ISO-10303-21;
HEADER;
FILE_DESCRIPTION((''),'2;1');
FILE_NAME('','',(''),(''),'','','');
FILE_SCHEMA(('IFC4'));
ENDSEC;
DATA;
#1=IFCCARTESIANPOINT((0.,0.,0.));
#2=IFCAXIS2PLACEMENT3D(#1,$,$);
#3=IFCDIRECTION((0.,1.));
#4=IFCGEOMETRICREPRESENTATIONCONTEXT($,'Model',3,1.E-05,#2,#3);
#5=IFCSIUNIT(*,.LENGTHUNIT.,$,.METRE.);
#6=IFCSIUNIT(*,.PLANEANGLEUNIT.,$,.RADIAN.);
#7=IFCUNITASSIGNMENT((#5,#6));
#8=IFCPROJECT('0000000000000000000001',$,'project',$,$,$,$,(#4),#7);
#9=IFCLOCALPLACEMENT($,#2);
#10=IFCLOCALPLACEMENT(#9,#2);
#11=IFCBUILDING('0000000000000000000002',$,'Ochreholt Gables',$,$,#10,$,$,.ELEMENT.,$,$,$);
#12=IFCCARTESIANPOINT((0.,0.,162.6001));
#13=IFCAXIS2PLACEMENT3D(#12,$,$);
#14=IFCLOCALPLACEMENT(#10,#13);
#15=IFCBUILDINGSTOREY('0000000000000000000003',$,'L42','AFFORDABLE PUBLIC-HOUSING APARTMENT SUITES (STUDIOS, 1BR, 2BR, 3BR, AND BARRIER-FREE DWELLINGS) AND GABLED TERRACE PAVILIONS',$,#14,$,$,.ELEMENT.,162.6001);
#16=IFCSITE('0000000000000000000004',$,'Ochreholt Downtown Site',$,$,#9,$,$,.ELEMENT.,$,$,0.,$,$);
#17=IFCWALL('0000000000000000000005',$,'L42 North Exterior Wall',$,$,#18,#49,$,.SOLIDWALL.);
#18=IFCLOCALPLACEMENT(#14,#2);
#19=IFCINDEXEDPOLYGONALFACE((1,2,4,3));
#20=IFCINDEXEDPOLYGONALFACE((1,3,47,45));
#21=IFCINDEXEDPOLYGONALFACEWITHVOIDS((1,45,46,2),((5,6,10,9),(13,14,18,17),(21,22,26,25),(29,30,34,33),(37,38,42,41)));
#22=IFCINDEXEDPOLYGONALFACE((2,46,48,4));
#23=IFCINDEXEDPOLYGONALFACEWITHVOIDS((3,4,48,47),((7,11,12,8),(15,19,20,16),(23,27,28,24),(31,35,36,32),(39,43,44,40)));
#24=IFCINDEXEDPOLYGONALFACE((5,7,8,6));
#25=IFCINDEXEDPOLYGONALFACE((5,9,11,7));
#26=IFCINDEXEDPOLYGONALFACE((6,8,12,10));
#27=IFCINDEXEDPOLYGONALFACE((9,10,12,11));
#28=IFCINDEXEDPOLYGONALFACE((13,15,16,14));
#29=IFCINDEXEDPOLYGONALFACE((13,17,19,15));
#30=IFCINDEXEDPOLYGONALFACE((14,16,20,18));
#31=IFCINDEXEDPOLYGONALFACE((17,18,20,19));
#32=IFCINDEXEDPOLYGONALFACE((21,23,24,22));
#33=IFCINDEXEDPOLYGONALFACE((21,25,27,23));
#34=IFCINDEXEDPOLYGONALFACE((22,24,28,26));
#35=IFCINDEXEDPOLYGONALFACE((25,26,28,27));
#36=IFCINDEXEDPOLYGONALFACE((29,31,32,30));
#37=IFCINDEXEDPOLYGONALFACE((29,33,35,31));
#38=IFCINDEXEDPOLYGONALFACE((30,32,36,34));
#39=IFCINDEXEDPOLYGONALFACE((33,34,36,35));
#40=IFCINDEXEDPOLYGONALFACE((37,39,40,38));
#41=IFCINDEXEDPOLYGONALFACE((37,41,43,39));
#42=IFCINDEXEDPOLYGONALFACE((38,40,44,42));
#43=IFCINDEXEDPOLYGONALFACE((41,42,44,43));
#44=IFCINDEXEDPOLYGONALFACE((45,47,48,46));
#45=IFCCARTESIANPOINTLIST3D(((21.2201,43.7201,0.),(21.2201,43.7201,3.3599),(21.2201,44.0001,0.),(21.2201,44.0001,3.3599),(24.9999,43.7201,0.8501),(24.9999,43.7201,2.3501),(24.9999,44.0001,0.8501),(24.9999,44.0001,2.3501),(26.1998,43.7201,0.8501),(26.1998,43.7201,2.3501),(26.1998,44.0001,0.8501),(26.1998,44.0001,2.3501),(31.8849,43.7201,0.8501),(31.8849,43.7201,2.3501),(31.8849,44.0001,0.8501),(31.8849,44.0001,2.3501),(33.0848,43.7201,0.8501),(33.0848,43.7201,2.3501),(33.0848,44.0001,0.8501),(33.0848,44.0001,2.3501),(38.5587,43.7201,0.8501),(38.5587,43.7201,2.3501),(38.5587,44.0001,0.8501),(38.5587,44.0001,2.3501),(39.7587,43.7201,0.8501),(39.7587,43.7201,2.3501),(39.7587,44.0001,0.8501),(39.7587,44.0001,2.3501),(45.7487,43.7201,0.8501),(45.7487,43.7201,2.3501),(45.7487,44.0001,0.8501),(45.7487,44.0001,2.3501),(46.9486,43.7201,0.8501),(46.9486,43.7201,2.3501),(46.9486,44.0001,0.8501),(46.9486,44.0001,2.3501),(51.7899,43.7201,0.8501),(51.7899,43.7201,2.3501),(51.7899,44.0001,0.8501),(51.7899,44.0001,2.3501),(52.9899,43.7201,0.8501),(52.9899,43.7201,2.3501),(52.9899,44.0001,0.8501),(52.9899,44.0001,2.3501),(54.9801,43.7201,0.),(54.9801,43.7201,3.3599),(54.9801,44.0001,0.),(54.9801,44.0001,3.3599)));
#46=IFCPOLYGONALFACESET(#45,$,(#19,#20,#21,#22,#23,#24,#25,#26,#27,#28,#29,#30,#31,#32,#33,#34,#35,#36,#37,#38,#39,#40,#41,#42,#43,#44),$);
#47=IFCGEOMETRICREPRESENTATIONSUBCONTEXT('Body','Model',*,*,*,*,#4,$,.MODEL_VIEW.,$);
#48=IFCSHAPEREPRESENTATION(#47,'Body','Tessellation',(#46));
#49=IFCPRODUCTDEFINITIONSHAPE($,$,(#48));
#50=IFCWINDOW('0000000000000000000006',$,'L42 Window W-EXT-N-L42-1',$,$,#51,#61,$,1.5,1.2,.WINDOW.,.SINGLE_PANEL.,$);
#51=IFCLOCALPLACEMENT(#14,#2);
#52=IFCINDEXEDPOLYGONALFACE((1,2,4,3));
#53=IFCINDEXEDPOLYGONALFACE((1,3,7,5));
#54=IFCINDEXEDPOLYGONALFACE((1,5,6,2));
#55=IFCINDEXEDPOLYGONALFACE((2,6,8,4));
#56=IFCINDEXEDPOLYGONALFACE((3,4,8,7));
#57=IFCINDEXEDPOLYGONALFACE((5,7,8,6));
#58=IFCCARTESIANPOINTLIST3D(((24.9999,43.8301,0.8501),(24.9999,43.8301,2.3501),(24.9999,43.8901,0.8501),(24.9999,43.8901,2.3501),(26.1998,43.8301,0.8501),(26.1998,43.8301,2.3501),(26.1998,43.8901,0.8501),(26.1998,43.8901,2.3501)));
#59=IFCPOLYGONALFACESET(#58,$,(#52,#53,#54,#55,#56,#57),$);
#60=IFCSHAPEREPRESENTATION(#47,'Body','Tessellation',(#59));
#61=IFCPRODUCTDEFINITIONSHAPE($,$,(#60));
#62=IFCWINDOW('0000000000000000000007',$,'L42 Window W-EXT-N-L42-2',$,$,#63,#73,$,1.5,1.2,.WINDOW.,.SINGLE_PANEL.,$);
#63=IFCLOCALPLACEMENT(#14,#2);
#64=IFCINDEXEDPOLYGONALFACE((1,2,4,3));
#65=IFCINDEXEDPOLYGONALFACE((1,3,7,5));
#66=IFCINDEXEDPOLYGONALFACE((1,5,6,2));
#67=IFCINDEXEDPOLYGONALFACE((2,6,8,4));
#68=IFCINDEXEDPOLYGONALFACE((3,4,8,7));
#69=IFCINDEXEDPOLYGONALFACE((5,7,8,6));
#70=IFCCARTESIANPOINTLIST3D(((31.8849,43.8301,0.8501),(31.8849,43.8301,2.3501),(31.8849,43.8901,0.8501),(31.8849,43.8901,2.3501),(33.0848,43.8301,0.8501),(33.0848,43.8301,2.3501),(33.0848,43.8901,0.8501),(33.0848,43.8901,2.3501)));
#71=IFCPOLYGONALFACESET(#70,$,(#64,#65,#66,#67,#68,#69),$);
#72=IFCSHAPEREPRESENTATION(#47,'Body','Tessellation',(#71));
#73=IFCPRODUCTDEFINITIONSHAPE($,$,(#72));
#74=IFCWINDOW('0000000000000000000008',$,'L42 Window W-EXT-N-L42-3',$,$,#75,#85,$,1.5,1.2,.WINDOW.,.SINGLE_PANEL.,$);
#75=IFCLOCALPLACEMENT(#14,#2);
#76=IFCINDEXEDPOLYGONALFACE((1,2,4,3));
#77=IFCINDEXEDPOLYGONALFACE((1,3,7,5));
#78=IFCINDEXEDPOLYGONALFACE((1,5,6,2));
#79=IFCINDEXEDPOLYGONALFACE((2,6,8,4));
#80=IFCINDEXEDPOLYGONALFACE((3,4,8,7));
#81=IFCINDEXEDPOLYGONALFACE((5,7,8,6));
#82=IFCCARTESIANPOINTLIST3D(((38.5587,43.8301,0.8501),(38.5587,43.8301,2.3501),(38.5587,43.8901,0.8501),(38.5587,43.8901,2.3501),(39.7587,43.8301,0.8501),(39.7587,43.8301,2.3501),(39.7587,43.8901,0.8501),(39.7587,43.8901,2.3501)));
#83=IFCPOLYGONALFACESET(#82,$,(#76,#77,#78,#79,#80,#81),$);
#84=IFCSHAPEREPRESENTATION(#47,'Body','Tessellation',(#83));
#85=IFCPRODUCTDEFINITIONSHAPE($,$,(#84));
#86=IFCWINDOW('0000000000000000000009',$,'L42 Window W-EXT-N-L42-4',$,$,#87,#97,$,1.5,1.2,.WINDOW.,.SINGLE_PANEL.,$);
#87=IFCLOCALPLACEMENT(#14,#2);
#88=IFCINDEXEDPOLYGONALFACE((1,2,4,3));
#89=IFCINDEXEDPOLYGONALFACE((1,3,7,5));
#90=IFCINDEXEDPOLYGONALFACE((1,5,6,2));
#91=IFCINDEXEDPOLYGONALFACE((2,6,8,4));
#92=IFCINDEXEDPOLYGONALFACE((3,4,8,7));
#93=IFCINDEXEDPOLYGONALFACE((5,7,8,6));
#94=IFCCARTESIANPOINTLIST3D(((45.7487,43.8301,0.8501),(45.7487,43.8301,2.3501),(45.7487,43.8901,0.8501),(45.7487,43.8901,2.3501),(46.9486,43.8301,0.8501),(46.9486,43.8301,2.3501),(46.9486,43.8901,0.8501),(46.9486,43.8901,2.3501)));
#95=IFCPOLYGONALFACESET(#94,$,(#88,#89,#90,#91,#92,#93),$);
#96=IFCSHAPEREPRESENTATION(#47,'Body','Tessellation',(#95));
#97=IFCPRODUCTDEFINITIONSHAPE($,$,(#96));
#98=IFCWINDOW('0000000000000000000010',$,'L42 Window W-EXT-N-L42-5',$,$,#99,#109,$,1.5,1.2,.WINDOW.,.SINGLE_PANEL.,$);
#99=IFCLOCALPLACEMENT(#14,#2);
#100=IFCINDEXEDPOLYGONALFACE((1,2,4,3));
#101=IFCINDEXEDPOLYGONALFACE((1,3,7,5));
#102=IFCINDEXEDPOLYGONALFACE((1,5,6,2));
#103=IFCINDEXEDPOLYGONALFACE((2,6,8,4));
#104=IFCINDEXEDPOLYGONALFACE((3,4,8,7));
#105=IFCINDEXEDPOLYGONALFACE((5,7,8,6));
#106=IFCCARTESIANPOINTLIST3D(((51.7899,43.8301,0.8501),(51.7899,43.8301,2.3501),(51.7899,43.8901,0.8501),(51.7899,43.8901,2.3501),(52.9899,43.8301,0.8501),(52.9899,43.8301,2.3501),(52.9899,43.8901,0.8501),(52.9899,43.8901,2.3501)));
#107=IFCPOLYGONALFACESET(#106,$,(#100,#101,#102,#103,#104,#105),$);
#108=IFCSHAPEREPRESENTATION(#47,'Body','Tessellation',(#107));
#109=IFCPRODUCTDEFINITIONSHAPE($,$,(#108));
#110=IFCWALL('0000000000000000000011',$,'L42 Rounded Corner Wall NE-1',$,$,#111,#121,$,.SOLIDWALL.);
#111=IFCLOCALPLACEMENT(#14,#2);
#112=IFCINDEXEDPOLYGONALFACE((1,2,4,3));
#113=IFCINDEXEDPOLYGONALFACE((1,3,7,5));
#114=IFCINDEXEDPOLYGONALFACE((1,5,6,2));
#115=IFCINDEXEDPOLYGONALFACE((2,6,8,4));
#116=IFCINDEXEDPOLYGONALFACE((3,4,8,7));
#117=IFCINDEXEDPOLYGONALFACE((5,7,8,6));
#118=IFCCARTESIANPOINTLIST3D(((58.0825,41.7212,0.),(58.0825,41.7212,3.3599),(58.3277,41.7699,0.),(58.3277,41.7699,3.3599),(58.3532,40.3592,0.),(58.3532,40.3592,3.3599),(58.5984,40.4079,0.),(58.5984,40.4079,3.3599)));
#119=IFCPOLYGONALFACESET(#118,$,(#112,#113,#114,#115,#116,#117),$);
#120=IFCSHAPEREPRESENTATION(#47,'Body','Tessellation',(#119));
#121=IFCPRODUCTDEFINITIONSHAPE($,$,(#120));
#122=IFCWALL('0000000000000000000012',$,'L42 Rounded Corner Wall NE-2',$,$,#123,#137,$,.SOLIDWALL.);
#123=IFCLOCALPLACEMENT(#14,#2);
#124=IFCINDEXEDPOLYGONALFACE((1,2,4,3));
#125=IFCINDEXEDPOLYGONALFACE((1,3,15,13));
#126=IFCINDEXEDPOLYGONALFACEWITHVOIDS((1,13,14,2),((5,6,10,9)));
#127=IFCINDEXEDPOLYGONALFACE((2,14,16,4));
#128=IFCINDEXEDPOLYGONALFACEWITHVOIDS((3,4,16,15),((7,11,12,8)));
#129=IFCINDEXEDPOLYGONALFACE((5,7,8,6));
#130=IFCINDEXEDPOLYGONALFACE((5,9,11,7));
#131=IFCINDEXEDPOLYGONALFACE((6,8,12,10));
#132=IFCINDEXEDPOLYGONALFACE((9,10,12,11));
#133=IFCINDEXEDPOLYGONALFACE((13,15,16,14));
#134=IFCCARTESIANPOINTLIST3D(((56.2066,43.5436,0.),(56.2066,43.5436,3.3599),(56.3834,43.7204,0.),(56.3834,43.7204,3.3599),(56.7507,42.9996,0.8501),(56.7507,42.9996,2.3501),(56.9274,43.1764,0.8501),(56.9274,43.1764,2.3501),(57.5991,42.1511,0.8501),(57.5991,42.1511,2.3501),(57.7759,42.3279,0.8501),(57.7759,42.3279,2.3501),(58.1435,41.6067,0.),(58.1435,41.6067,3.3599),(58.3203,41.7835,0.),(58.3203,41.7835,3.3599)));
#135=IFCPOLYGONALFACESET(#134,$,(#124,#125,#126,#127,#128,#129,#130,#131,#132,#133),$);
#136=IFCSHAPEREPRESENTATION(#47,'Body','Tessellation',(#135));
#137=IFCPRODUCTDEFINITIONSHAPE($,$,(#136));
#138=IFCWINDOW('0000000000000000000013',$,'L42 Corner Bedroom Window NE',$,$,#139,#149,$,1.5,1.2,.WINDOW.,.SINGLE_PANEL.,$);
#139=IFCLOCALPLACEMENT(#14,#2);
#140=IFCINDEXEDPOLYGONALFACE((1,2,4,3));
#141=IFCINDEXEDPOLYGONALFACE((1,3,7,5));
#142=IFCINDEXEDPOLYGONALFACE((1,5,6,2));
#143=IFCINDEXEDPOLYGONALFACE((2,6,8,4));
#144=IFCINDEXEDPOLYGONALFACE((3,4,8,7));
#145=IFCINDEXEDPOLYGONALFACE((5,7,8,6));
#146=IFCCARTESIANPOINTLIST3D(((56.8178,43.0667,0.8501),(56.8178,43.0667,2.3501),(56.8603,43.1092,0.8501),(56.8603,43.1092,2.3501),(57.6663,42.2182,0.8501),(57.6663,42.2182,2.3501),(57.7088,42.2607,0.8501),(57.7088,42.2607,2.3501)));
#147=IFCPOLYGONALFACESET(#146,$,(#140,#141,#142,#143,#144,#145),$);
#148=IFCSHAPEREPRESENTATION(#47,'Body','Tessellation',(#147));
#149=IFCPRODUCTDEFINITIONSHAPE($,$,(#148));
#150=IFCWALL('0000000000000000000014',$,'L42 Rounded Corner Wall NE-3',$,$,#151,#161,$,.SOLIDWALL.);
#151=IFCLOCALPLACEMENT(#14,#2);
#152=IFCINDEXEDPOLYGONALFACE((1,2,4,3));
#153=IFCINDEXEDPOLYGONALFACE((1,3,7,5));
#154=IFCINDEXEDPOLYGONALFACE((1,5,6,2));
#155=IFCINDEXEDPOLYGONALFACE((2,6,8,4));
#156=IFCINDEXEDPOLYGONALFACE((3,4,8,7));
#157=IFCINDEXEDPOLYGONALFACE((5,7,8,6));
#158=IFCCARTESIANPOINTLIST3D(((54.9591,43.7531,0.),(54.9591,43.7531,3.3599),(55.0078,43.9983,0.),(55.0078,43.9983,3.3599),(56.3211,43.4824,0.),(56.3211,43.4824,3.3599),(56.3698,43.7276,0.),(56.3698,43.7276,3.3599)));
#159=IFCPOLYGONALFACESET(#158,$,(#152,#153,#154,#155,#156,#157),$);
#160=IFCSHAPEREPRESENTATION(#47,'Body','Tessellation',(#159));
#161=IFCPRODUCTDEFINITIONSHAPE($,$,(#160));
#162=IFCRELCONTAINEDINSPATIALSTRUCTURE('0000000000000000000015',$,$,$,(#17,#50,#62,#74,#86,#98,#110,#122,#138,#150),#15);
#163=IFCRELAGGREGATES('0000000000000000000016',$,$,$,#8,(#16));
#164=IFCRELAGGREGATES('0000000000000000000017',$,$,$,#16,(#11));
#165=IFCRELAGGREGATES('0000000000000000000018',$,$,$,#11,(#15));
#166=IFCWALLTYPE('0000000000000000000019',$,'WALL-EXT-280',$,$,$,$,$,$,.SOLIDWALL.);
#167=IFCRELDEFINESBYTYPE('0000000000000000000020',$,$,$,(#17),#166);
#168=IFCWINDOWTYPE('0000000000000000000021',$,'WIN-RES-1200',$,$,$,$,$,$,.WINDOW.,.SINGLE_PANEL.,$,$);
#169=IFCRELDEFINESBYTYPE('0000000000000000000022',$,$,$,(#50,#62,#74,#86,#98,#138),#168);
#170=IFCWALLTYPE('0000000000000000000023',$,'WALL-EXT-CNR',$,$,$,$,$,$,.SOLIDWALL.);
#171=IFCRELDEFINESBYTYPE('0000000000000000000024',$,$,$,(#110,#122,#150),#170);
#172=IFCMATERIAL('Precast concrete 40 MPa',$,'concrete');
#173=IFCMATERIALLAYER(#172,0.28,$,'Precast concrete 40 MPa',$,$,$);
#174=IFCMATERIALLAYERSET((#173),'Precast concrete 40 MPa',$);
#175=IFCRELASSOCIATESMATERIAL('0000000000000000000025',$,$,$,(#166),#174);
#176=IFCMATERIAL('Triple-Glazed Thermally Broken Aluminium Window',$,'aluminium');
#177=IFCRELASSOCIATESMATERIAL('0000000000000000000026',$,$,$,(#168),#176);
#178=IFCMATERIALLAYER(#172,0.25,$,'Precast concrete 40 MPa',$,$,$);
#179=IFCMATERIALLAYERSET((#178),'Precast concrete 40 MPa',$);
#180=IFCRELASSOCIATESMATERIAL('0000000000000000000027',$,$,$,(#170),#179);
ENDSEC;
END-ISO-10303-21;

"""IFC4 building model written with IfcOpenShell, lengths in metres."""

from ifc_helpers import new_model, si_unit, direction, frame, frame_2d, origin, place, context, subcontext, project, spatial, rectangle, extrude, material, layer, layer_set, type_object, element, fill, save


model = new_model("IFC4")

# Units and contexts
model_context = context("Model", 3, precision=1e-05, world=origin(), true_north=direction((0.0, 1.0)))
body_context = subcontext(model_context, "Body", "Model", "MODEL_VIEW")
ifc_project = project(units=[si_unit("LENGTHUNIT", "METRE"), si_unit("PLANEANGLEUNIT", "RADIAN")], contexts=[model_context])

# Site, building, storey
site_placement = place(None, origin())
site = spatial("IfcSite", under=ifc_project, at=site_placement, Name="Ochreholt Downtown Site", CompositionType="ELEMENT", RefElevation=0.0)
building_placement = place(site_placement, origin())
building = spatial("IfcBuilding", under=site, at=building_placement, Name="Ochreholt Gables", CompositionType="ELEMENT")
storey_placement = place(building_placement, frame((0.0, 0.0, 162.6001)))
storey = spatial("IfcBuildingStorey", under=building, at=storey_placement, Name="L42", Description="AFFORDABLE PUBLIC-HOUSING APARTMENT SUITES (STUDIOS, 1BR, 2BR, 3BR, AND BARRIER-FREE DWELLINGS) AND GABLED TERRACE PAVILIONS", CompositionType="ELEMENT", Elevation=162.6001)

# Wall, openings, windows
ifc_material_1 = material(Name="Precast concrete 40 MPa", Category="concrete")
ifc_layer_1 = layer(ifc_material_1, 0.28, Name="Precast concrete 40 MPa")
ifc_layer_set_1 = layer_set([ifc_layer_1], Name="Precast concrete 40 MPa")
wall_type_1 = type_object("IfcWallType", Name="WALL-EXT-280", PredefinedType="SOLIDWALL", material=ifc_layer_set_1)
wall_1_placement = place(storey_placement, frame((54.98, 43.8601, 0.0), z_axis=(0.0, 0.0, 1.0), x_axis=(-1.0, 0.0, 0.0)))
wall_1 = element("IfcWall", 1, at=wall_1_placement, inside=storey, type_object=wall_type_1, Name="L42 North Exterior Wall", PredefinedType="SOLIDWALL", context=body_context, shape_type="SweptSolid", body=[
    extrude(rectangle(XDim=33.76, YDim=0.28, at=frame_2d((16.8799, 0.0))), origin(), (0.0, 0.0, 1.0), 3.3599),
])
opening_1_placement = place(wall_1_placement, frame((28.78, 0.0, 0.8501)))
opening_1 = element("IfcOpeningElement", 2, at=opening_1_placement, cuts=wall_1, PredefinedType="OPENING", context=body_context, shape_type="SweptSolid", body=[
    extrude(rectangle(XDim=1.2, YDim=1.5, at=frame_2d((0.6001, 0.75))), frame((0.0, 0.1499, 0.0), z_axis=(0.0, -1.0, 0.0), x_axis=(1.0, 0.0, 0.0)), (0.0, 0.0, 1.0), 0.3),
])
opening_2_placement = place(wall_1_placement, frame((21.895, 0.0, 0.8501)))
opening_2 = element("IfcOpeningElement", 3, at=opening_2_placement, cuts=wall_1, PredefinedType="OPENING", context=body_context, shape_type="SweptSolid", body=[
    extrude(rectangle(XDim=1.2, YDim=1.5, at=frame_2d((0.6001, 0.75))), frame((0.0, 0.1499, 0.0), z_axis=(0.0, -1.0, 0.0), x_axis=(1.0, 0.0, 0.0)), (0.0, 0.0, 1.0), 0.3),
])
opening_3_placement = place(wall_1_placement, frame((15.2212, 0.0, 0.8501)))
opening_3 = element("IfcOpeningElement", 4, at=opening_3_placement, cuts=wall_1, PredefinedType="OPENING", context=body_context, shape_type="SweptSolid", body=[
    extrude(rectangle(XDim=1.2, YDim=1.5, at=frame_2d((0.6001, 0.75))), frame((0.0, 0.1499, 0.0), z_axis=(0.0, -1.0, 0.0), x_axis=(1.0, 0.0, 0.0)), (0.0, 0.0, 1.0), 0.3),
])
opening_4_placement = place(wall_1_placement, frame((8.0312, 0.0, 0.8501)))
opening_4 = element("IfcOpeningElement", 5, at=opening_4_placement, cuts=wall_1, PredefinedType="OPENING", context=body_context, shape_type="SweptSolid", body=[
    extrude(rectangle(XDim=1.2, YDim=1.5, at=frame_2d((0.6001, 0.75))), frame((0.0, 0.1499, 0.0), z_axis=(0.0, -1.0, 0.0), x_axis=(1.0, 0.0, 0.0)), (0.0, 0.0, 1.0), 0.3),
])
opening_5_placement = place(wall_1_placement, frame((1.99, 0.0, 0.8501)))
opening_5 = element("IfcOpeningElement", 6, at=opening_5_placement, cuts=wall_1, PredefinedType="OPENING", context=body_context, shape_type="SweptSolid", body=[
    extrude(rectangle(XDim=1.2, YDim=1.5, at=frame_2d((0.6001, 0.75))), frame((0.0, 0.1499, 0.0), z_axis=(0.0, -1.0, 0.0), x_axis=(1.0, 0.0, 0.0)), (0.0, 0.0, 1.0), 0.3),
])
ifc_material_2 = material(Name="Triple-Glazed Thermally Broken Aluminium Window", Category="aluminium")
window_type = type_object("IfcWindowType", Name="WIN-RES-1200", PartitioningType="SINGLE_PANEL", PredefinedType="WINDOW", material=ifc_material_2)
window_1_placement = place(opening_1_placement, origin())
window_1 = element("IfcWindow", 7, at=window_1_placement, inside=storey, type_object=window_type, Name="L42 Window W-EXT-N-L42-1", OverallHeight=1.5, OverallWidth=1.2, PartitioningType="SINGLE_PANEL", PredefinedType="WINDOW", context=body_context, shape_type="SweptSolid", body=[
    extrude(rectangle(XDim=1.2, YDim=1.5, at=frame_2d((0.6001, 0.75))), frame((0.0, 0.03, 0.0), z_axis=(0.0, -1.0, 0.0), x_axis=(1.0, 0.0, 0.0)), (0.0, 0.0, 1.0), 0.0601),
])
fill(opening_1, window_1)
window_2_placement = place(opening_2_placement, origin())
window_2 = element("IfcWindow", 8, at=window_2_placement, inside=storey, type_object=window_type, Name="L42 Window W-EXT-N-L42-2", OverallHeight=1.5, OverallWidth=1.2, PartitioningType="SINGLE_PANEL", PredefinedType="WINDOW", context=body_context, shape_type="SweptSolid", body=[
    extrude(rectangle(XDim=1.2, YDim=1.5, at=frame_2d((0.6001, 0.75))), frame((0.0, 0.03, 0.0), z_axis=(0.0, -1.0, 0.0), x_axis=(1.0, 0.0, 0.0)), (0.0, 0.0, 1.0), 0.0601),
])
fill(opening_2, window_2)
window_3_placement = place(opening_3_placement, origin())
window_3 = element("IfcWindow", 9, at=window_3_placement, inside=storey, type_object=window_type, Name="L42 Window W-EXT-N-L42-3", OverallHeight=1.5, OverallWidth=1.2, PartitioningType="SINGLE_PANEL", PredefinedType="WINDOW", context=body_context, shape_type="SweptSolid", body=[
    extrude(rectangle(XDim=1.2, YDim=1.5, at=frame_2d((0.6001, 0.75))), frame((0.0, 0.03, 0.0), z_axis=(0.0, -1.0, 0.0), x_axis=(1.0, 0.0, 0.0)), (0.0, 0.0, 1.0), 0.0601),
])
fill(opening_3, window_3)
window_4_placement = place(opening_4_placement, origin())
window_4 = element("IfcWindow", 10, at=window_4_placement, inside=storey, type_object=window_type, Name="L42 Window W-EXT-N-L42-4", OverallHeight=1.5, OverallWidth=1.2, PartitioningType="SINGLE_PANEL", PredefinedType="WINDOW", context=body_context, shape_type="SweptSolid", body=[
    extrude(rectangle(XDim=1.2, YDim=1.5, at=frame_2d((0.6001, 0.75))), frame((0.0, 0.03, 0.0), z_axis=(0.0, -1.0, 0.0), x_axis=(1.0, 0.0, 0.0)), (0.0, 0.0, 1.0), 0.0601),
])
fill(opening_4, window_4)
window_5_placement = place(opening_5_placement, origin())
window_5 = element("IfcWindow", 11, at=window_5_placement, inside=storey, type_object=window_type, Name="L42 Window W-EXT-N-L42-5", OverallHeight=1.5, OverallWidth=1.2, PartitioningType="SINGLE_PANEL", PredefinedType="WINDOW", context=body_context, shape_type="SweptSolid", body=[
    extrude(rectangle(XDim=1.2, YDim=1.5, at=frame_2d((0.6001, 0.75))), frame((0.0, 0.03, 0.0), z_axis=(0.0, -1.0, 0.0), x_axis=(1.0, 0.0, 0.0)), (0.0, 0.0, 1.0), 0.0601),
])
fill(opening_5, window_5)

# Wall
ifc_layer_2 = layer(ifc_material_1, 0.25, Name="Precast concrete 40 MPa")
ifc_layer_set_2 = layer_set([ifc_layer_2], Name="Precast concrete 40 MPa")
wall_type_2 = type_object("IfcWallType", Name="WALL-EXT-CNR", PredefinedType="SOLIDWALL", material=ifc_layer_set_2)
wall_2_placement = place(storey_placement, frame((58.4758, 40.3835, 0.0), z_axis=(0.0, 0.0, 1.0), x_axis=(-0.194967, 0.98081, 0.0)))
element("IfcWall", 12, at=wall_2_placement, inside=storey, type_object=wall_type_2, Name="L42 Rounded Corner Wall NE-1", PredefinedType="SOLIDWALL", context=body_context, shape_type="SweptSolid", body=[
    extrude(rectangle(XDim=1.3887, YDim=0.25, at=frame_2d((0.6943, 0.0))), origin(), (0.0, 0.0, 1.0), 3.3599),
])

# Wall, opening, window
wall_3_placement = place(storey_placement, frame((58.2319, 41.6951, 0.0), z_axis=(0.0, 0.0, 1.0), x_axis=(-0.707107, 0.707107, 0.0)))
wall_3 = element("IfcWall", 13, at=wall_3_placement, inside=storey, type_object=wall_type_2, Name="L42 Rounded Corner Wall NE-2", PredefinedType="SOLIDWALL", context=body_context, shape_type="SweptSolid", body=[
    extrude(rectangle(XDim=2.7393, YDim=0.25, at=frame_2d((1.3696, 0.0))), origin(), (0.0, 0.0, 1.0), 3.3599),
])
opening_6_placement = place(wall_3_placement, frame((0.7698, 0.0, 0.8501)))
opening_6 = element("IfcOpeningElement", 14, at=opening_6_placement, cuts=wall_3, PredefinedType="OPENING", context=body_context, shape_type="SweptSolid", body=[
    extrude(rectangle(XDim=1.2, YDim=1.5, at=frame_2d((0.6001, 0.75))), frame((0.0, 0.135, 0.0), z_axis=(0.0, -1.0, 0.0), x_axis=(1.0, 0.0, 0.0)), (0.0, 0.0, 1.0), 0.27),
])
window_6_placement = place(opening_6_placement, origin())
window_6 = element("IfcWindow", 15, at=window_6_placement, inside=storey, type_object=window_type, Name="L42 Corner Bedroom Window NE", OverallHeight=1.5, OverallWidth=1.2, PartitioningType="SINGLE_PANEL", PredefinedType="WINDOW", context=body_context, shape_type="SweptSolid", body=[
    extrude(rectangle(XDim=1.2, YDim=1.5, at=frame_2d((0.6001, 0.75))), frame((0.0, 0.03, 0.0), z_axis=(0.0, -1.0, 0.0), x_axis=(1.0, 0.0, 0.0)), (0.0, 0.0, 1.0), 0.0601),
])
fill(opening_6, window_6)

# Wall
wall_4_placement = place(storey_placement, frame((56.3455, 43.605, 0.0), z_axis=(0.0, 0.0, 1.0), x_axis=(-0.98081, 0.194967, 0.0)))
element("IfcWall", 16, at=wall_4_placement, inside=storey, type_object=wall_type_2, Name="L42 Rounded Corner Wall NE-3", PredefinedType="SOLIDWALL", context=body_context, shape_type="SweptSolid", body=[
    extrude(rectangle(XDim=1.3887, YDim=0.25, at=frame_2d((0.6943, 0.0))), origin(), (0.0, 0.0, 1.0), 3.3599),
])

save(model, "model.ifc")
